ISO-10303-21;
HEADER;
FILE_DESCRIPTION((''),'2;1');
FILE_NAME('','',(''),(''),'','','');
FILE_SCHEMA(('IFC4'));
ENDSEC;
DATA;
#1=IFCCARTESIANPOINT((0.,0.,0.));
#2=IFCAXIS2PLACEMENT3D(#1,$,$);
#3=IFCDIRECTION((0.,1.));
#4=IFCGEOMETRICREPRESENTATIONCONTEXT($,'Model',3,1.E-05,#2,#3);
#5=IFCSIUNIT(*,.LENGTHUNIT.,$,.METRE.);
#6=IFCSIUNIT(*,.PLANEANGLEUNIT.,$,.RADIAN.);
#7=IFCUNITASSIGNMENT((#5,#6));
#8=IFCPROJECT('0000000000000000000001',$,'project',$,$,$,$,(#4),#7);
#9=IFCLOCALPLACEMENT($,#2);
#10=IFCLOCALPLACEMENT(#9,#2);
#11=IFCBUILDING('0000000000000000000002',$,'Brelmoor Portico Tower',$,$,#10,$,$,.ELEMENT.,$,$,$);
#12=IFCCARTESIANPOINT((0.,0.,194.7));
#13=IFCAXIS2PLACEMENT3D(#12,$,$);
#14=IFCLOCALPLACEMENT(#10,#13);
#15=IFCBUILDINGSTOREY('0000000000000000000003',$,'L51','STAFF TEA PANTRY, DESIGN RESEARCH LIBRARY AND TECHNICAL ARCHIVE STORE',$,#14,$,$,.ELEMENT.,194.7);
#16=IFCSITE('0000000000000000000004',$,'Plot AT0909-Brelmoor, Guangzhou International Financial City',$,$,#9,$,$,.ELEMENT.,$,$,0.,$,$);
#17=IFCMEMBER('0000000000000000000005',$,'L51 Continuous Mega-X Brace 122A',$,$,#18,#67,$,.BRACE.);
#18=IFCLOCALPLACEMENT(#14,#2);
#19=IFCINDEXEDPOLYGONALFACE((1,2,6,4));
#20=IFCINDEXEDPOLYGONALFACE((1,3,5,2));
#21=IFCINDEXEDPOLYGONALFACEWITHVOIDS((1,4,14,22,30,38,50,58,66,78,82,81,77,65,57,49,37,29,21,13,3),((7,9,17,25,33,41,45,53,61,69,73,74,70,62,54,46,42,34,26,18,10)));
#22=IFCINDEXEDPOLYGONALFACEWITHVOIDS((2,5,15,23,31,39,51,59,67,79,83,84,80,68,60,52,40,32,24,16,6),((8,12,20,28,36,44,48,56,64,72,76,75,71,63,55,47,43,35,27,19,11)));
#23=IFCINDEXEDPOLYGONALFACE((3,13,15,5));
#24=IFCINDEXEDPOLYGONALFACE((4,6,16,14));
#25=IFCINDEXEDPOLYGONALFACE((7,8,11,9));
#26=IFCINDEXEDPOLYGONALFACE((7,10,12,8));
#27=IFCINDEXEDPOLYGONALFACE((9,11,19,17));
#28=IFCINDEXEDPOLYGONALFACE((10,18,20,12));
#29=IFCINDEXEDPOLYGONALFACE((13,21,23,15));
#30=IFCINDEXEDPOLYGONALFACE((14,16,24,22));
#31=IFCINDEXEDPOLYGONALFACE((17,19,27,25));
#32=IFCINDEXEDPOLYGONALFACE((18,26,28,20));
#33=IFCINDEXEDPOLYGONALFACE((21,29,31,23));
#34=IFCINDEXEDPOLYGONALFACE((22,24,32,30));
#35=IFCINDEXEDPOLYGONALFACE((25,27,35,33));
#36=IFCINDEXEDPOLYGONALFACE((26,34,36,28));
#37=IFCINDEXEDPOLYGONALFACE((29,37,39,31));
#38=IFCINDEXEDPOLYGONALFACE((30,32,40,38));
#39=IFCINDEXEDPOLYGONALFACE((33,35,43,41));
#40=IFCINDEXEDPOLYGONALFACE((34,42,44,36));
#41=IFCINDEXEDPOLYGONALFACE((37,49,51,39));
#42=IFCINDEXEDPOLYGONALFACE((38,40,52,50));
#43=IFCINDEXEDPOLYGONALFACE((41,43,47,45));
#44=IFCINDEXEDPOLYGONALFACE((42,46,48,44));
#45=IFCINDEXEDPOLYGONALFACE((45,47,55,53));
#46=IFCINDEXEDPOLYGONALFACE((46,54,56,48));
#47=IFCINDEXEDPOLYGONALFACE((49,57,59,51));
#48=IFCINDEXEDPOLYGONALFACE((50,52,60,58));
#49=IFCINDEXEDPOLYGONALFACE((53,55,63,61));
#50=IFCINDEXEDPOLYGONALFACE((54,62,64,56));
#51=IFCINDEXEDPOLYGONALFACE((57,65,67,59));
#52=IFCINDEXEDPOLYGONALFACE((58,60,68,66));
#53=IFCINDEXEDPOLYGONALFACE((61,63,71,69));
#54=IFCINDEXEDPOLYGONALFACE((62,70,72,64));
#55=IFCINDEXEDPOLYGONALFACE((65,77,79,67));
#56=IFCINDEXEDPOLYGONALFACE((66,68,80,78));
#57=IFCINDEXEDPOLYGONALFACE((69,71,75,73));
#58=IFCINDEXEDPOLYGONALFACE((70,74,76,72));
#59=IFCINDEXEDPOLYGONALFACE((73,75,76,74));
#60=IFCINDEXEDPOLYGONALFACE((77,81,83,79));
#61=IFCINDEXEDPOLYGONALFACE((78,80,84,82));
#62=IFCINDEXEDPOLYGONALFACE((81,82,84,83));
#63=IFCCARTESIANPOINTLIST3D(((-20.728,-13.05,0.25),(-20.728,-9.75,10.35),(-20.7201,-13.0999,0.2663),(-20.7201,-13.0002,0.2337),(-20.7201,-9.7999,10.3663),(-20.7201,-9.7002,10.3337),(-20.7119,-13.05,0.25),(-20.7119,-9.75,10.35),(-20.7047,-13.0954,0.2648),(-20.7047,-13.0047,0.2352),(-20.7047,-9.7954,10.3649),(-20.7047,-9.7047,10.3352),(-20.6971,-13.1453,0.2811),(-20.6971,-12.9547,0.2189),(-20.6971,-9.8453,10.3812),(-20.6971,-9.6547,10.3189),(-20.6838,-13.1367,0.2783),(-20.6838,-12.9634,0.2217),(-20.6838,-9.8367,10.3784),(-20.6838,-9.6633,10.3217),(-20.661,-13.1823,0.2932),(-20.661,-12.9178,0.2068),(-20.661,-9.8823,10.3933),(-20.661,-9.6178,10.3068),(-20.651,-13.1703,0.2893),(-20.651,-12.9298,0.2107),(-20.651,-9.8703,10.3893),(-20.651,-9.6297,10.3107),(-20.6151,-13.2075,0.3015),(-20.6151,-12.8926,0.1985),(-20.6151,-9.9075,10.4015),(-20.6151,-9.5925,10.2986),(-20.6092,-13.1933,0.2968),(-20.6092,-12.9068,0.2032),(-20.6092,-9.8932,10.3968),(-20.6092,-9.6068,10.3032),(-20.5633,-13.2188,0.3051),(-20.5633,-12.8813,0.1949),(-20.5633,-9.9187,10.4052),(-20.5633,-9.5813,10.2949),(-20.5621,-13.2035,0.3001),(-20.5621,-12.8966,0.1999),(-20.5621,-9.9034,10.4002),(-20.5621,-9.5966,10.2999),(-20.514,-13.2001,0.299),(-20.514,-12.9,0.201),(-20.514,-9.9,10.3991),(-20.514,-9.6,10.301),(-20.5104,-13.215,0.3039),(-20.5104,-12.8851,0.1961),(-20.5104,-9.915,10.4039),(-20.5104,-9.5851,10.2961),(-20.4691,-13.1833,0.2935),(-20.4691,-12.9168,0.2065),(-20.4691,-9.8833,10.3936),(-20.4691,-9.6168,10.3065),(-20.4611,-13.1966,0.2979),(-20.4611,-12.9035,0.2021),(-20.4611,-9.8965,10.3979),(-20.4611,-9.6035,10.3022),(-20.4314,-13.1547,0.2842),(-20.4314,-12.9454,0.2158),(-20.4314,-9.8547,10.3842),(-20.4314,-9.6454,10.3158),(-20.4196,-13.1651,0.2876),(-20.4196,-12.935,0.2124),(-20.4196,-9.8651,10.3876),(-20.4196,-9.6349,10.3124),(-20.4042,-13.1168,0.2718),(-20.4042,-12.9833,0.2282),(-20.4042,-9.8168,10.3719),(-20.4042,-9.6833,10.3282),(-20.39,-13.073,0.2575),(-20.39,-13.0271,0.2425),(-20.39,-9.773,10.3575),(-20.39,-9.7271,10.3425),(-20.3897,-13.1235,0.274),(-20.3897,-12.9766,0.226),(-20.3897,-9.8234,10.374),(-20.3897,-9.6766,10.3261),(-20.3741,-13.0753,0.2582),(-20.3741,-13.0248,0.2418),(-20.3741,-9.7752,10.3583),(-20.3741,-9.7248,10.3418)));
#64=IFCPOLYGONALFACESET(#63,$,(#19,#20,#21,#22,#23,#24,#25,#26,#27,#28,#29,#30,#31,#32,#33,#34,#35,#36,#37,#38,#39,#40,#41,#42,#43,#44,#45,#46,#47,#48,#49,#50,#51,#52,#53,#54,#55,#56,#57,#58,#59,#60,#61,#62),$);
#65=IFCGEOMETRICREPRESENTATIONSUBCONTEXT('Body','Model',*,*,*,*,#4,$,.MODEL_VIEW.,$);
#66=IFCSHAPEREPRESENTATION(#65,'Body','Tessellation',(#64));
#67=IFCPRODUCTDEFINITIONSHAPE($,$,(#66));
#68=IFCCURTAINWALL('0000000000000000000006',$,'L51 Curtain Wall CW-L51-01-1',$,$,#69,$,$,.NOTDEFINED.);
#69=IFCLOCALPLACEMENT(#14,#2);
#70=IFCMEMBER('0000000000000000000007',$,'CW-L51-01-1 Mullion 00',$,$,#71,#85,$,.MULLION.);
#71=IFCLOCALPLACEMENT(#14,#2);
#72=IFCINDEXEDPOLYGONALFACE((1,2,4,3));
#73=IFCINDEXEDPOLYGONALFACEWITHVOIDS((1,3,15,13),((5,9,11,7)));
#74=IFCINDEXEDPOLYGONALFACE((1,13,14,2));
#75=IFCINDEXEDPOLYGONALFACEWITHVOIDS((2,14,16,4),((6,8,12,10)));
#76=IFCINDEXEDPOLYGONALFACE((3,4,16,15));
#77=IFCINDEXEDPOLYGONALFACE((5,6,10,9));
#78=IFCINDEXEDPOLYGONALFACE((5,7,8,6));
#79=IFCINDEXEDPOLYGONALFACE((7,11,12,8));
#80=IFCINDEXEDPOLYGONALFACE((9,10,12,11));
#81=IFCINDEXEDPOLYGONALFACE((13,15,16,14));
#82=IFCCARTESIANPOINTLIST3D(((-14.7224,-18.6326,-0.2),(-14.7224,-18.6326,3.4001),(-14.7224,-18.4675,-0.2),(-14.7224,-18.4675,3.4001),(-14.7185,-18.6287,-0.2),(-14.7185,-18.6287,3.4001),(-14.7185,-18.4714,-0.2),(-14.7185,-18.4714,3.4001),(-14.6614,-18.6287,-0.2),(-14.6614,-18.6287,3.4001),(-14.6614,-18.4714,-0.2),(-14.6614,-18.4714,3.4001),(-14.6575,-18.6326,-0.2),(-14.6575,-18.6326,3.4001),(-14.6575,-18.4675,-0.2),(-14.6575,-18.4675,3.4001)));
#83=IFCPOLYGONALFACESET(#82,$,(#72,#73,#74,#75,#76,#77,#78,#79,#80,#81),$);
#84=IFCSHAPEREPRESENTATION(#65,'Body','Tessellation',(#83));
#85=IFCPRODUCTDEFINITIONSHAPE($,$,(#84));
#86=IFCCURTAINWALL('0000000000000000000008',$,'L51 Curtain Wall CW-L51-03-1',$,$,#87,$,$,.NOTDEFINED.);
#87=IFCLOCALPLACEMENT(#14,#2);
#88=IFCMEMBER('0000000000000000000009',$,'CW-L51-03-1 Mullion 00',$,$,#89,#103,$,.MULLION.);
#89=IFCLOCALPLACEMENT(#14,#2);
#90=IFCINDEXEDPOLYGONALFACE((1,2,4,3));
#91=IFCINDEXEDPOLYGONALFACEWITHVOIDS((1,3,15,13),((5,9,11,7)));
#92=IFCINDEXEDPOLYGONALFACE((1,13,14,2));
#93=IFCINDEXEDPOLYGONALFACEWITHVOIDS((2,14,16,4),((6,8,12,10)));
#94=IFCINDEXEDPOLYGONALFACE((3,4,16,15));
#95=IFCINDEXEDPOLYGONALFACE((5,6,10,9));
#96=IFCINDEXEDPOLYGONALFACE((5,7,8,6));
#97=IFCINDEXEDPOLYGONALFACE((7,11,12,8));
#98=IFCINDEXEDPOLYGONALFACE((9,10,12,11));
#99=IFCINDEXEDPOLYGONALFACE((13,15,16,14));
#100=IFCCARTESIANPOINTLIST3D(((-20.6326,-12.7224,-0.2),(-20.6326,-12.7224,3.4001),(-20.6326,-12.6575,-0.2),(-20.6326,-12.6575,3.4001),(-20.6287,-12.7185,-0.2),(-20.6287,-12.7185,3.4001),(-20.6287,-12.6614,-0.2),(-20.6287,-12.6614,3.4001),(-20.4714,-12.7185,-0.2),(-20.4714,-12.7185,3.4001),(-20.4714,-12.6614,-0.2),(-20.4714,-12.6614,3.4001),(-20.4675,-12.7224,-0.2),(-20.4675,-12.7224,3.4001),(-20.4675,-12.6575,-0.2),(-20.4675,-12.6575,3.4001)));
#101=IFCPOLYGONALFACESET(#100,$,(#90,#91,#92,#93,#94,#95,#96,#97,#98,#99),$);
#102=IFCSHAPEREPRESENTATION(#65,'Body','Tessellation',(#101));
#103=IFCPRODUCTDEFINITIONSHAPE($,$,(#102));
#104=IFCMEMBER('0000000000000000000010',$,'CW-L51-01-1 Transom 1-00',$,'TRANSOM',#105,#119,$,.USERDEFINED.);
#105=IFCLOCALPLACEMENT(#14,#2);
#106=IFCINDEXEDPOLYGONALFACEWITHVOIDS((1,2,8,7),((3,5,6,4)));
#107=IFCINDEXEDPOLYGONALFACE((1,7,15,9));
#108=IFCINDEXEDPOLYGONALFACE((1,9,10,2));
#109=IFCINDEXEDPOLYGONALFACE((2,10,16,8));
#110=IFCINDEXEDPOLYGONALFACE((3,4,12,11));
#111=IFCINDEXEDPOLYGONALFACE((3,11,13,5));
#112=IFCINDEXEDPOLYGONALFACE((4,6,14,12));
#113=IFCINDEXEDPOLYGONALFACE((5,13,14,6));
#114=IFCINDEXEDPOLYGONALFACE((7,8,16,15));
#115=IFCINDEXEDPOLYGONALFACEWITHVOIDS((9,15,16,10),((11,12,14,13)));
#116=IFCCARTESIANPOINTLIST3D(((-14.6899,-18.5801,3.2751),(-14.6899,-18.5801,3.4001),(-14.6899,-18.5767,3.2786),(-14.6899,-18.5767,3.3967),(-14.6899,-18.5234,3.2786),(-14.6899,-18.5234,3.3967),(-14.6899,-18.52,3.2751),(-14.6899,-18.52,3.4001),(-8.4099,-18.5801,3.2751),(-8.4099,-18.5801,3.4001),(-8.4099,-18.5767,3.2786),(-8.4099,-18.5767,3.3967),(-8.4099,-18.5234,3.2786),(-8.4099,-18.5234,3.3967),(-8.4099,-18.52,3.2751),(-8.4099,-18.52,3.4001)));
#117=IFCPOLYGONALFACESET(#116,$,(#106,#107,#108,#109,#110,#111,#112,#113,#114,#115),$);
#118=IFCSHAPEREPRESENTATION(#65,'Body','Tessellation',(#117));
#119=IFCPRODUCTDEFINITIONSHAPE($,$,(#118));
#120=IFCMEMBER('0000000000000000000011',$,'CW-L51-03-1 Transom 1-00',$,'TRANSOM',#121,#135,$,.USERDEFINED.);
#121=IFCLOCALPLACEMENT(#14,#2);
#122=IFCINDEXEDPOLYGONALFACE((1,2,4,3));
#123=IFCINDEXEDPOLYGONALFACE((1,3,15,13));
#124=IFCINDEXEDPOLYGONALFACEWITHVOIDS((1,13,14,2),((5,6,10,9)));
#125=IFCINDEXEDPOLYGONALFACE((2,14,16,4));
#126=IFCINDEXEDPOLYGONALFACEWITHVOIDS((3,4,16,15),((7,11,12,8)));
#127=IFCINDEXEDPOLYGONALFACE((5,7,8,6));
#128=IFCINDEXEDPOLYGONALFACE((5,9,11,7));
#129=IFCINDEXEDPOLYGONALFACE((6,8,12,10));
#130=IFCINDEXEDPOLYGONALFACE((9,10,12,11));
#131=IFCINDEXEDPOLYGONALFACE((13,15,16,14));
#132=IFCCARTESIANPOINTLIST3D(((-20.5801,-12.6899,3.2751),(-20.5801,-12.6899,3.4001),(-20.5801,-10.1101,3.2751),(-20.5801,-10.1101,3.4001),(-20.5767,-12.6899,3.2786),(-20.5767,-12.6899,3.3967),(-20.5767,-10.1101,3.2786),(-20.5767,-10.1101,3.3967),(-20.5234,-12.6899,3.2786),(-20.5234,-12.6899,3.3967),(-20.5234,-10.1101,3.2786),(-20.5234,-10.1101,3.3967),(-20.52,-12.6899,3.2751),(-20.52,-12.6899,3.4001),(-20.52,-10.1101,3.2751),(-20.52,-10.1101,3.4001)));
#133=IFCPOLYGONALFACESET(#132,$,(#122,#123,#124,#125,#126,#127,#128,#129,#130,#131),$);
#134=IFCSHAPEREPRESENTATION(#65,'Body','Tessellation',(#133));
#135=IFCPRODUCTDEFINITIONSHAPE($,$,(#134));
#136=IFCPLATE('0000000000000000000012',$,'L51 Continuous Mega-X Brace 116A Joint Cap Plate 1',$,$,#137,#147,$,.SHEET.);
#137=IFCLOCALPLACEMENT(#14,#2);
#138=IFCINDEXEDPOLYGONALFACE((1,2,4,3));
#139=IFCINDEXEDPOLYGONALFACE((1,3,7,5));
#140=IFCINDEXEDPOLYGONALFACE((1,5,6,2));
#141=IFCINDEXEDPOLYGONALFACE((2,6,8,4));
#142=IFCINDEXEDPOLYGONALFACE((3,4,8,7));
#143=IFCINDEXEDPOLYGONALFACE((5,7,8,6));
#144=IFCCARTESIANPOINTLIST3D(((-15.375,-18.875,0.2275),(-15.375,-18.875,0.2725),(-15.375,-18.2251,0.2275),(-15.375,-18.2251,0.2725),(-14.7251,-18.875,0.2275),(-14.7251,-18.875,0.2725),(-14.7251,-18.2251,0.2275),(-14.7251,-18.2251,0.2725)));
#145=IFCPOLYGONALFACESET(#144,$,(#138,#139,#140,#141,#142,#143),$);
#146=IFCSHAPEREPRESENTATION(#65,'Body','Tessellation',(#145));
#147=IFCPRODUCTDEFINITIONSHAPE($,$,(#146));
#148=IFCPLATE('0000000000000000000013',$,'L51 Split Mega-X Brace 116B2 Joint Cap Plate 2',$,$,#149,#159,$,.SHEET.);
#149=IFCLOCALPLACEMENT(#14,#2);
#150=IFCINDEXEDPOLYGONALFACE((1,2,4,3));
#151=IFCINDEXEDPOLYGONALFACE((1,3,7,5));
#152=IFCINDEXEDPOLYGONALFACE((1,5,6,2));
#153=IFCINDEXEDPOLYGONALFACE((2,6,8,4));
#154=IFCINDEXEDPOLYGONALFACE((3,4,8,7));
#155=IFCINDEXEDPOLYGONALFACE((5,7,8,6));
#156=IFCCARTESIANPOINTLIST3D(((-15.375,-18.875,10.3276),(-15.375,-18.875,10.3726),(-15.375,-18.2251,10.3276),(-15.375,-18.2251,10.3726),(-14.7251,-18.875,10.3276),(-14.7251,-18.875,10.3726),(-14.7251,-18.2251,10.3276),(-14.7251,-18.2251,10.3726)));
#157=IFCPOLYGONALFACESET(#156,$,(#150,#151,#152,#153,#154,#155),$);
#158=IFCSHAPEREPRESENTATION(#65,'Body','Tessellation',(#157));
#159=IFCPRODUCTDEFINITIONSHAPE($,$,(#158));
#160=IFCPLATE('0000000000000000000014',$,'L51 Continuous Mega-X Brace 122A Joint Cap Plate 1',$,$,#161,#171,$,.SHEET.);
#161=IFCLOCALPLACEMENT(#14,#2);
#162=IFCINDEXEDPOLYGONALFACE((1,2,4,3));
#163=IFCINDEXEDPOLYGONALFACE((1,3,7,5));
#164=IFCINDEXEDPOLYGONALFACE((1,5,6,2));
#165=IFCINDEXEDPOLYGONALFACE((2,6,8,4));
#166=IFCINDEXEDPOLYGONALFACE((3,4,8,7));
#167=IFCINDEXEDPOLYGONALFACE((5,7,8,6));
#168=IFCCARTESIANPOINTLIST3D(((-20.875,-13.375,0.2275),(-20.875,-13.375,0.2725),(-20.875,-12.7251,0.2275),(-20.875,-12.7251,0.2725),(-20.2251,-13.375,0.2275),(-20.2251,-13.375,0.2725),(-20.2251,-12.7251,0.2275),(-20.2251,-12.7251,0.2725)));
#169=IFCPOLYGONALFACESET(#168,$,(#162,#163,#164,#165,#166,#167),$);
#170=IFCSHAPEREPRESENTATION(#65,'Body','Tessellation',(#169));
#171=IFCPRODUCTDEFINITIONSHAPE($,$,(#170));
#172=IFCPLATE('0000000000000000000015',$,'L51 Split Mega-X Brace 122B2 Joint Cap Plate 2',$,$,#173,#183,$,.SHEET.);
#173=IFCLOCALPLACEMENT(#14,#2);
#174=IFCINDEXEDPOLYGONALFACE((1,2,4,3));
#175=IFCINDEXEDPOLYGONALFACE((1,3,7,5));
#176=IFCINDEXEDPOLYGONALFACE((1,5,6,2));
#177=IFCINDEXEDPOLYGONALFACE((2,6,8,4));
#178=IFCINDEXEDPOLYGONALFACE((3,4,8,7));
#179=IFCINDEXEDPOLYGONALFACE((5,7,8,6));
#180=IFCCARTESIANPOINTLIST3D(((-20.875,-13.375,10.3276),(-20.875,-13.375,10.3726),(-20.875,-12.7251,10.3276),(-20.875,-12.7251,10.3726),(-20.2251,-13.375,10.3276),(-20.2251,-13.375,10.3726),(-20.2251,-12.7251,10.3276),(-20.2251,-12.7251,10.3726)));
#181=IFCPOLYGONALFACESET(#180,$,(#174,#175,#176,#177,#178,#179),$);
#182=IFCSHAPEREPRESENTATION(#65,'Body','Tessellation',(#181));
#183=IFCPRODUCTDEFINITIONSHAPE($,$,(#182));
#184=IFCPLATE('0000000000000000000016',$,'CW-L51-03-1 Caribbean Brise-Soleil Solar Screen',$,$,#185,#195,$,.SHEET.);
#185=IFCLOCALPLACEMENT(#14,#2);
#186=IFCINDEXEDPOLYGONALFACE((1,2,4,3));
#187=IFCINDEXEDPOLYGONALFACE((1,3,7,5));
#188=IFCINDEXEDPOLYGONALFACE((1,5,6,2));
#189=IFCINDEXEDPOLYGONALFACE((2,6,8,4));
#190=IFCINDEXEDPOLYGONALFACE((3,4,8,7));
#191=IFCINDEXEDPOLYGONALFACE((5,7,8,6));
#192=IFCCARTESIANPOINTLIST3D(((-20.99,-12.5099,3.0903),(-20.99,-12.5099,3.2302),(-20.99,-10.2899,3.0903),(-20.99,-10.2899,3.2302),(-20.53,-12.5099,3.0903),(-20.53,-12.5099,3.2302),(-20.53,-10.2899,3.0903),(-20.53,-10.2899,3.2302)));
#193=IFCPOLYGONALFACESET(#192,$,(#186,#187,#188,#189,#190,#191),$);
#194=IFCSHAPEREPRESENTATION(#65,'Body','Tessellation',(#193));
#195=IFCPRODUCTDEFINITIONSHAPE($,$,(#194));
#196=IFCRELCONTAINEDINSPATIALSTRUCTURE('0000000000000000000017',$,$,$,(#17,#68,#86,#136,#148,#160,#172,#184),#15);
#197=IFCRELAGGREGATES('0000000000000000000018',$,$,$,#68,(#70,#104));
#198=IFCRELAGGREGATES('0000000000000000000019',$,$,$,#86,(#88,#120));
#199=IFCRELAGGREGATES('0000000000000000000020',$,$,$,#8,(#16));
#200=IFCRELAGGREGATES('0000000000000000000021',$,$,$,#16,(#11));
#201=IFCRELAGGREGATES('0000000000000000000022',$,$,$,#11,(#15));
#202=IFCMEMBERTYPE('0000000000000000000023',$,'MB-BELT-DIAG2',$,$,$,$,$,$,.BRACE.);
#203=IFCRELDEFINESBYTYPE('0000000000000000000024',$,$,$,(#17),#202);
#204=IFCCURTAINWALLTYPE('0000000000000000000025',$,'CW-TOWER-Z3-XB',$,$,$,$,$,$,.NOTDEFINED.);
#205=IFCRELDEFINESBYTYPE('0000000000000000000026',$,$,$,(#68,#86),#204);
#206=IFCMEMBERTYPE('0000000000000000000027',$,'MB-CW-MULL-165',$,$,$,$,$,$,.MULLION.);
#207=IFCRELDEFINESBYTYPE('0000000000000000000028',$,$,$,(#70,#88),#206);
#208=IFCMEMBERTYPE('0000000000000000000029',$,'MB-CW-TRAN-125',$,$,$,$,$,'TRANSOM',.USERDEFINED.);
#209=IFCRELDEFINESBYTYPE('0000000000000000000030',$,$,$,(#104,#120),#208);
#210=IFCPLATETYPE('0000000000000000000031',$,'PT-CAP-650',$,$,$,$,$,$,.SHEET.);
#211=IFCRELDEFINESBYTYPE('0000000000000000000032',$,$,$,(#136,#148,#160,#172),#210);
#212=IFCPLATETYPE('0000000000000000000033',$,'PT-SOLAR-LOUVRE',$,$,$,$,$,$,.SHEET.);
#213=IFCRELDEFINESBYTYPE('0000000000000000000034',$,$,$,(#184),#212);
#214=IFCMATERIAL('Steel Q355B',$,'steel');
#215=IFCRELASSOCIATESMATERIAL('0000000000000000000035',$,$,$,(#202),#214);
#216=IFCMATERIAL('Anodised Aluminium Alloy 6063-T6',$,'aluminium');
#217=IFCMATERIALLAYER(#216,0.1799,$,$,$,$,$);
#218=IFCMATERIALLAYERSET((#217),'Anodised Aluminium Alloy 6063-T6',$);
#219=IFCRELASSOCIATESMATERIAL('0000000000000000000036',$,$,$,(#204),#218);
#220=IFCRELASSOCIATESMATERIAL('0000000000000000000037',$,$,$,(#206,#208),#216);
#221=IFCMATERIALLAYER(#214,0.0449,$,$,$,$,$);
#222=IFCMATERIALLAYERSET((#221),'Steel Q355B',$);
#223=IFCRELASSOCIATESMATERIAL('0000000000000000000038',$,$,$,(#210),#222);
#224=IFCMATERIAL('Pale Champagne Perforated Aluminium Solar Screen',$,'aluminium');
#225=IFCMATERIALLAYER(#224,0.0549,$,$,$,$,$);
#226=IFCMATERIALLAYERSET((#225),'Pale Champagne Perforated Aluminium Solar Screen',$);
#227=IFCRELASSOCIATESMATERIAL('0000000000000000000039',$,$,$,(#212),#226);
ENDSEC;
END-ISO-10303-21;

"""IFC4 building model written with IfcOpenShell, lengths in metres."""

from ifc_helpers import new_model, si_unit, direction, frame, origin, origin_2d, place, context, subcontext, project, spatial, rectangle, hollow_rectangle, hollow_circle, extrude, material, layer, layer_set, material_profile, profile_set, type_object, element, aggregate, save


model = new_model("IFC4")

# Units and contexts
model_context = context("Model", 3, precision=1e-05, world=origin(), true_north=direction((0.0, 1.0)))
body_context = subcontext(model_context, "Body", "Model", "MODEL_VIEW")
ifc_project = project(units=[si_unit("LENGTHUNIT", "METRE"), si_unit("PLANEANGLEUNIT", "RADIAN")], contexts=[model_context])

# Site, building, storey
site_placement = place(None, origin())
site = spatial("IfcSite", under=ifc_project, at=site_placement, Name="Plot AT0909-Brelmoor, Guangzhou International Financial City", CompositionType="ELEMENT", RefElevation=0.0)
building_placement = place(site_placement, origin())
building = spatial("IfcBuilding", under=site, at=building_placement, Name="Brelmoor Portico Tower", CompositionType="ELEMENT")
storey_placement = place(building_placement, frame((0.0, 0.0, 194.7)))
storey = spatial("IfcBuildingStorey", under=building, at=storey_placement, Name="L51", Description="STAFF TEA PANTRY, DESIGN RESEARCH LIBRARY AND TECHNICAL ARCHIVE STORE", CompositionType="ELEMENT", Elevation=194.7)

# Shared definitions
ifc_material_1 = material(Name="Steel Q355B", Category="steel")

# Member
ifc_material_profile_1 = material_profile(ifc_material_1, hollow_circle(Radius=0.178, WallThickness=0.0161, at=origin_2d()), Name="CHS 356x16")
ifc_profile_set_1 = profile_set([ifc_material_profile_1], Name="Steel Q355B")
member_type_1 = type_object("IfcMemberType", Name="MB-BELT-DIAG2", PredefinedType="BRACE", material=ifc_profile_set_1)
member_1_placement = place(storey_placement, frame((-20.55, -13.05, 0.25), z_axis=(0.0, 0.310577, 0.950548), x_axis=(-1.0, 0.0, 0.0)))
element("IfcMember", 1, at=member_1_placement, inside=storey, type_object=member_type_1, Name="L51 Continuous Mega-X Brace 122A", PredefinedType="BRACE", context=body_context, shape_type="SweptSolid", body=[
    extrude(hollow_circle(Radius=0.178, WallThickness=0.0161, at=origin_2d()), origin(), (0.0, 0.0, 1.0), 10.6255),
])

# Curtain walls, members
ifc_material_2 = material(Name="Anodised Aluminium Alloy 6063-T6", Category="aluminium")
ifc_layer_1 = layer(ifc_material_2, 0.1799)
ifc_layer_set_1 = layer_set([ifc_layer_1], Name="Anodised Aluminium Alloy 6063-T6")
curtain_wall_type = type_object("IfcCurtainWallType", Name="CW-TOWER-Z3-XB", PredefinedType="NOTDEFINED", material=ifc_layer_set_1)
curtain_wall_1_placement = place(storey_placement, origin())
curtain_wall_1 = element("IfcCurtainWall", 2, at=curtain_wall_1_placement, inside=storey, type_object=curtain_wall_type, Name="L51 Curtain Wall CW-L51-01-1", PredefinedType="NOTDEFINED")
ifc_material_profile_2 = material_profile(ifc_material_2, hollow_rectangle(XDim=0.0649, YDim=0.165, WallThickness=0.0039, at=origin_2d()), Name="ALU MULLION 65x165")
ifc_profile_set_2 = profile_set([ifc_material_profile_2], Name="Anodised Aluminium Alloy 6063-T6")
member_type_2 = type_object("IfcMemberType", Name="MB-CW-MULL-165", PredefinedType="MULLION", material=ifc_profile_set_2)
member_2_placement = place(storey_placement, frame((-14.6899, -18.55, -0.2), z_axis=(0.0, 0.0, 1.0), x_axis=(1.0, 0.0, 0.0)))
member_2 = element("IfcMember", 3, at=member_2_placement, type_object=member_type_2, Name="CW-L51-01-1 Mullion 00", PredefinedType="MULLION", context=body_context, shape_type="SweptSolid", body=[
    extrude(hollow_rectangle(XDim=0.0649, YDim=0.165, WallThickness=0.0039, at=origin_2d()), origin(), (0.0, 0.0, 1.0), 3.6001),
])
curtain_wall_2_placement = place(storey_placement, origin())
curtain_wall_2 = element("IfcCurtainWall", 4, at=curtain_wall_2_placement, inside=storey, type_object=curtain_wall_type, Name="L51 Curtain Wall CW-L51-03-1", PredefinedType="NOTDEFINED")
member_3_placement = place(storey_placement, frame((-20.55, -12.6899, -0.2), z_axis=(0.0, 0.0, 1.0), x_axis=(0.0, 1.0, 0.0)))
member_3 = element("IfcMember", 5, at=member_3_placement, type_object=member_type_2, Name="CW-L51-03-1 Mullion 00", PredefinedType="MULLION", context=body_context, shape_type="SweptSolid", body=[
    extrude(hollow_rectangle(XDim=0.0649, YDim=0.165, WallThickness=0.0039, at=origin_2d()), origin(), (0.0, 0.0, 1.0), 3.6001),
])

# Members
ifc_material_profile_3 = material_profile(ifc_material_2, hollow_rectangle(XDim=0.0601, YDim=0.125, WallThickness=0.0034, at=origin_2d()), Name="ALU TRANSOM 60x125")
ifc_profile_set_3 = profile_set([ifc_material_profile_3], Name="Anodised Aluminium Alloy 6063-T6")
member_type_3 = type_object("IfcMemberType", Name="MB-CW-TRAN-125", ElementType="TRANSOM", PredefinedType="USERDEFINED", material=ifc_profile_set_3)
member_4_placement = place(storey_placement, frame((-14.6899, -18.55, 3.3376), z_axis=(1.0, 0.0, 0.0), x_axis=(0.0, 1.0, 0.0)))
member_4 = element("IfcMember", 6, at=member_4_placement, type_object=member_type_3, Name="CW-L51-01-1 Transom 1-00", ObjectType="TRANSOM", PredefinedType="USERDEFINED", context=body_context, shape_type="SweptSolid", body=[
    extrude(hollow_rectangle(XDim=0.0601, YDim=0.125, WallThickness=0.0034, at=origin_2d()), origin(), (0.0, 0.0, 1.0), 6.28),
])
aggregate(curtain_wall_1, [member_2, member_4])
member_5_placement = place(storey_placement, frame((-20.55, -12.6899, 3.3376), z_axis=(0.0, 1.0, 0.0), x_axis=(-1.0, 0.0, 0.0)))
member_5 = element("IfcMember", 7, at=member_5_placement, type_object=member_type_3, Name="CW-L51-03-1 Transom 1-00", ObjectType="TRANSOM", PredefinedType="USERDEFINED", context=body_context, shape_type="SweptSolid", body=[
    extrude(hollow_rectangle(XDim=0.0601, YDim=0.125, WallThickness=0.0034, at=origin_2d()), origin(), (0.0, 0.0, 1.0), 2.5798),
])
aggregate(curtain_wall_2, [member_3, member_5])

# Plates
ifc_layer_2 = layer(ifc_material_1, 0.0449)
ifc_layer_set_2 = layer_set([ifc_layer_2], Name="Steel Q355B")
plate_type_1 = type_object("IfcPlateType", Name="PT-CAP-650", PredefinedType="SHEET", material=ifc_layer_set_2)
for number, where, z_axis, x_axis, name in (
    (8, (-15.05, -18.55, 0.2275), (0.0, 0.0, 1.0), (1.0, 0.0, 0.0), "L51 Continuous Mega-X Brace 116A Joint Cap Plate 1"),
    (9, (-15.05, -18.55, 10.3276), (0.0, 0.0, 1.0), (1.0, 0.0, 0.0), "L51 Split Mega-X Brace 116B2 Joint Cap Plate 2"),
    (10, (-20.55, -13.05, 0.2275), (0.0, 0.0, 1.0), (1.0, 0.0, 0.0), "L51 Continuous Mega-X Brace 122A Joint Cap Plate 1"),
    (11, (-20.55, -13.05, 10.3276), (0.0, 0.0, 1.0), (1.0, 0.0, 0.0), "L51 Split Mega-X Brace 122B2 Joint Cap Plate 2"),
):
    element("IfcPlate", number, at=place(storey_placement, frame(where, z_axis=z_axis, x_axis=x_axis)), inside=storey, type_object=plate_type_1, Name=name, PredefinedType="SHEET", context=body_context, shape_type="SweptSolid", body=[
        extrude(rectangle(XDim=0.6499, YDim=0.6499, at=origin_2d()), origin(), (0.0, 0.0, 1.0), 0.0449),
    ])
ifc_material_3 = material(Name="Pale Champagne Perforated Aluminium Solar Screen", Category="aluminium")
ifc_layer_3 = layer(ifc_material_3, 0.0549)
ifc_layer_set_3 = layer_set([ifc_layer_3], Name="Pale Champagne Perforated Aluminium Solar Screen")
plate_type_2 = type_object("IfcPlateType", Name="PT-SOLAR-LOUVRE", PredefinedType="SHEET", material=ifc_layer_set_3)
plate_placement = place(storey_placement, frame((-20.76, -11.3999, 3.0903), z_axis=(0.0, 0.0, 1.0), x_axis=(0.0, 1.0, 0.0)))
element("IfcPlate", 12, at=plate_placement, inside=storey, type_object=plate_type_2, Name="CW-L51-03-1 Caribbean Brise-Soleil Solar Screen", PredefinedType="SHEET", context=body_context, shape_type="SweptSolid", body=[
    extrude(rectangle(XDim=2.22, YDim=0.46, at=origin_2d()), origin(), (0.0, 0.0, 1.0), 0.1399),
])

save(model, "model.ifc")
